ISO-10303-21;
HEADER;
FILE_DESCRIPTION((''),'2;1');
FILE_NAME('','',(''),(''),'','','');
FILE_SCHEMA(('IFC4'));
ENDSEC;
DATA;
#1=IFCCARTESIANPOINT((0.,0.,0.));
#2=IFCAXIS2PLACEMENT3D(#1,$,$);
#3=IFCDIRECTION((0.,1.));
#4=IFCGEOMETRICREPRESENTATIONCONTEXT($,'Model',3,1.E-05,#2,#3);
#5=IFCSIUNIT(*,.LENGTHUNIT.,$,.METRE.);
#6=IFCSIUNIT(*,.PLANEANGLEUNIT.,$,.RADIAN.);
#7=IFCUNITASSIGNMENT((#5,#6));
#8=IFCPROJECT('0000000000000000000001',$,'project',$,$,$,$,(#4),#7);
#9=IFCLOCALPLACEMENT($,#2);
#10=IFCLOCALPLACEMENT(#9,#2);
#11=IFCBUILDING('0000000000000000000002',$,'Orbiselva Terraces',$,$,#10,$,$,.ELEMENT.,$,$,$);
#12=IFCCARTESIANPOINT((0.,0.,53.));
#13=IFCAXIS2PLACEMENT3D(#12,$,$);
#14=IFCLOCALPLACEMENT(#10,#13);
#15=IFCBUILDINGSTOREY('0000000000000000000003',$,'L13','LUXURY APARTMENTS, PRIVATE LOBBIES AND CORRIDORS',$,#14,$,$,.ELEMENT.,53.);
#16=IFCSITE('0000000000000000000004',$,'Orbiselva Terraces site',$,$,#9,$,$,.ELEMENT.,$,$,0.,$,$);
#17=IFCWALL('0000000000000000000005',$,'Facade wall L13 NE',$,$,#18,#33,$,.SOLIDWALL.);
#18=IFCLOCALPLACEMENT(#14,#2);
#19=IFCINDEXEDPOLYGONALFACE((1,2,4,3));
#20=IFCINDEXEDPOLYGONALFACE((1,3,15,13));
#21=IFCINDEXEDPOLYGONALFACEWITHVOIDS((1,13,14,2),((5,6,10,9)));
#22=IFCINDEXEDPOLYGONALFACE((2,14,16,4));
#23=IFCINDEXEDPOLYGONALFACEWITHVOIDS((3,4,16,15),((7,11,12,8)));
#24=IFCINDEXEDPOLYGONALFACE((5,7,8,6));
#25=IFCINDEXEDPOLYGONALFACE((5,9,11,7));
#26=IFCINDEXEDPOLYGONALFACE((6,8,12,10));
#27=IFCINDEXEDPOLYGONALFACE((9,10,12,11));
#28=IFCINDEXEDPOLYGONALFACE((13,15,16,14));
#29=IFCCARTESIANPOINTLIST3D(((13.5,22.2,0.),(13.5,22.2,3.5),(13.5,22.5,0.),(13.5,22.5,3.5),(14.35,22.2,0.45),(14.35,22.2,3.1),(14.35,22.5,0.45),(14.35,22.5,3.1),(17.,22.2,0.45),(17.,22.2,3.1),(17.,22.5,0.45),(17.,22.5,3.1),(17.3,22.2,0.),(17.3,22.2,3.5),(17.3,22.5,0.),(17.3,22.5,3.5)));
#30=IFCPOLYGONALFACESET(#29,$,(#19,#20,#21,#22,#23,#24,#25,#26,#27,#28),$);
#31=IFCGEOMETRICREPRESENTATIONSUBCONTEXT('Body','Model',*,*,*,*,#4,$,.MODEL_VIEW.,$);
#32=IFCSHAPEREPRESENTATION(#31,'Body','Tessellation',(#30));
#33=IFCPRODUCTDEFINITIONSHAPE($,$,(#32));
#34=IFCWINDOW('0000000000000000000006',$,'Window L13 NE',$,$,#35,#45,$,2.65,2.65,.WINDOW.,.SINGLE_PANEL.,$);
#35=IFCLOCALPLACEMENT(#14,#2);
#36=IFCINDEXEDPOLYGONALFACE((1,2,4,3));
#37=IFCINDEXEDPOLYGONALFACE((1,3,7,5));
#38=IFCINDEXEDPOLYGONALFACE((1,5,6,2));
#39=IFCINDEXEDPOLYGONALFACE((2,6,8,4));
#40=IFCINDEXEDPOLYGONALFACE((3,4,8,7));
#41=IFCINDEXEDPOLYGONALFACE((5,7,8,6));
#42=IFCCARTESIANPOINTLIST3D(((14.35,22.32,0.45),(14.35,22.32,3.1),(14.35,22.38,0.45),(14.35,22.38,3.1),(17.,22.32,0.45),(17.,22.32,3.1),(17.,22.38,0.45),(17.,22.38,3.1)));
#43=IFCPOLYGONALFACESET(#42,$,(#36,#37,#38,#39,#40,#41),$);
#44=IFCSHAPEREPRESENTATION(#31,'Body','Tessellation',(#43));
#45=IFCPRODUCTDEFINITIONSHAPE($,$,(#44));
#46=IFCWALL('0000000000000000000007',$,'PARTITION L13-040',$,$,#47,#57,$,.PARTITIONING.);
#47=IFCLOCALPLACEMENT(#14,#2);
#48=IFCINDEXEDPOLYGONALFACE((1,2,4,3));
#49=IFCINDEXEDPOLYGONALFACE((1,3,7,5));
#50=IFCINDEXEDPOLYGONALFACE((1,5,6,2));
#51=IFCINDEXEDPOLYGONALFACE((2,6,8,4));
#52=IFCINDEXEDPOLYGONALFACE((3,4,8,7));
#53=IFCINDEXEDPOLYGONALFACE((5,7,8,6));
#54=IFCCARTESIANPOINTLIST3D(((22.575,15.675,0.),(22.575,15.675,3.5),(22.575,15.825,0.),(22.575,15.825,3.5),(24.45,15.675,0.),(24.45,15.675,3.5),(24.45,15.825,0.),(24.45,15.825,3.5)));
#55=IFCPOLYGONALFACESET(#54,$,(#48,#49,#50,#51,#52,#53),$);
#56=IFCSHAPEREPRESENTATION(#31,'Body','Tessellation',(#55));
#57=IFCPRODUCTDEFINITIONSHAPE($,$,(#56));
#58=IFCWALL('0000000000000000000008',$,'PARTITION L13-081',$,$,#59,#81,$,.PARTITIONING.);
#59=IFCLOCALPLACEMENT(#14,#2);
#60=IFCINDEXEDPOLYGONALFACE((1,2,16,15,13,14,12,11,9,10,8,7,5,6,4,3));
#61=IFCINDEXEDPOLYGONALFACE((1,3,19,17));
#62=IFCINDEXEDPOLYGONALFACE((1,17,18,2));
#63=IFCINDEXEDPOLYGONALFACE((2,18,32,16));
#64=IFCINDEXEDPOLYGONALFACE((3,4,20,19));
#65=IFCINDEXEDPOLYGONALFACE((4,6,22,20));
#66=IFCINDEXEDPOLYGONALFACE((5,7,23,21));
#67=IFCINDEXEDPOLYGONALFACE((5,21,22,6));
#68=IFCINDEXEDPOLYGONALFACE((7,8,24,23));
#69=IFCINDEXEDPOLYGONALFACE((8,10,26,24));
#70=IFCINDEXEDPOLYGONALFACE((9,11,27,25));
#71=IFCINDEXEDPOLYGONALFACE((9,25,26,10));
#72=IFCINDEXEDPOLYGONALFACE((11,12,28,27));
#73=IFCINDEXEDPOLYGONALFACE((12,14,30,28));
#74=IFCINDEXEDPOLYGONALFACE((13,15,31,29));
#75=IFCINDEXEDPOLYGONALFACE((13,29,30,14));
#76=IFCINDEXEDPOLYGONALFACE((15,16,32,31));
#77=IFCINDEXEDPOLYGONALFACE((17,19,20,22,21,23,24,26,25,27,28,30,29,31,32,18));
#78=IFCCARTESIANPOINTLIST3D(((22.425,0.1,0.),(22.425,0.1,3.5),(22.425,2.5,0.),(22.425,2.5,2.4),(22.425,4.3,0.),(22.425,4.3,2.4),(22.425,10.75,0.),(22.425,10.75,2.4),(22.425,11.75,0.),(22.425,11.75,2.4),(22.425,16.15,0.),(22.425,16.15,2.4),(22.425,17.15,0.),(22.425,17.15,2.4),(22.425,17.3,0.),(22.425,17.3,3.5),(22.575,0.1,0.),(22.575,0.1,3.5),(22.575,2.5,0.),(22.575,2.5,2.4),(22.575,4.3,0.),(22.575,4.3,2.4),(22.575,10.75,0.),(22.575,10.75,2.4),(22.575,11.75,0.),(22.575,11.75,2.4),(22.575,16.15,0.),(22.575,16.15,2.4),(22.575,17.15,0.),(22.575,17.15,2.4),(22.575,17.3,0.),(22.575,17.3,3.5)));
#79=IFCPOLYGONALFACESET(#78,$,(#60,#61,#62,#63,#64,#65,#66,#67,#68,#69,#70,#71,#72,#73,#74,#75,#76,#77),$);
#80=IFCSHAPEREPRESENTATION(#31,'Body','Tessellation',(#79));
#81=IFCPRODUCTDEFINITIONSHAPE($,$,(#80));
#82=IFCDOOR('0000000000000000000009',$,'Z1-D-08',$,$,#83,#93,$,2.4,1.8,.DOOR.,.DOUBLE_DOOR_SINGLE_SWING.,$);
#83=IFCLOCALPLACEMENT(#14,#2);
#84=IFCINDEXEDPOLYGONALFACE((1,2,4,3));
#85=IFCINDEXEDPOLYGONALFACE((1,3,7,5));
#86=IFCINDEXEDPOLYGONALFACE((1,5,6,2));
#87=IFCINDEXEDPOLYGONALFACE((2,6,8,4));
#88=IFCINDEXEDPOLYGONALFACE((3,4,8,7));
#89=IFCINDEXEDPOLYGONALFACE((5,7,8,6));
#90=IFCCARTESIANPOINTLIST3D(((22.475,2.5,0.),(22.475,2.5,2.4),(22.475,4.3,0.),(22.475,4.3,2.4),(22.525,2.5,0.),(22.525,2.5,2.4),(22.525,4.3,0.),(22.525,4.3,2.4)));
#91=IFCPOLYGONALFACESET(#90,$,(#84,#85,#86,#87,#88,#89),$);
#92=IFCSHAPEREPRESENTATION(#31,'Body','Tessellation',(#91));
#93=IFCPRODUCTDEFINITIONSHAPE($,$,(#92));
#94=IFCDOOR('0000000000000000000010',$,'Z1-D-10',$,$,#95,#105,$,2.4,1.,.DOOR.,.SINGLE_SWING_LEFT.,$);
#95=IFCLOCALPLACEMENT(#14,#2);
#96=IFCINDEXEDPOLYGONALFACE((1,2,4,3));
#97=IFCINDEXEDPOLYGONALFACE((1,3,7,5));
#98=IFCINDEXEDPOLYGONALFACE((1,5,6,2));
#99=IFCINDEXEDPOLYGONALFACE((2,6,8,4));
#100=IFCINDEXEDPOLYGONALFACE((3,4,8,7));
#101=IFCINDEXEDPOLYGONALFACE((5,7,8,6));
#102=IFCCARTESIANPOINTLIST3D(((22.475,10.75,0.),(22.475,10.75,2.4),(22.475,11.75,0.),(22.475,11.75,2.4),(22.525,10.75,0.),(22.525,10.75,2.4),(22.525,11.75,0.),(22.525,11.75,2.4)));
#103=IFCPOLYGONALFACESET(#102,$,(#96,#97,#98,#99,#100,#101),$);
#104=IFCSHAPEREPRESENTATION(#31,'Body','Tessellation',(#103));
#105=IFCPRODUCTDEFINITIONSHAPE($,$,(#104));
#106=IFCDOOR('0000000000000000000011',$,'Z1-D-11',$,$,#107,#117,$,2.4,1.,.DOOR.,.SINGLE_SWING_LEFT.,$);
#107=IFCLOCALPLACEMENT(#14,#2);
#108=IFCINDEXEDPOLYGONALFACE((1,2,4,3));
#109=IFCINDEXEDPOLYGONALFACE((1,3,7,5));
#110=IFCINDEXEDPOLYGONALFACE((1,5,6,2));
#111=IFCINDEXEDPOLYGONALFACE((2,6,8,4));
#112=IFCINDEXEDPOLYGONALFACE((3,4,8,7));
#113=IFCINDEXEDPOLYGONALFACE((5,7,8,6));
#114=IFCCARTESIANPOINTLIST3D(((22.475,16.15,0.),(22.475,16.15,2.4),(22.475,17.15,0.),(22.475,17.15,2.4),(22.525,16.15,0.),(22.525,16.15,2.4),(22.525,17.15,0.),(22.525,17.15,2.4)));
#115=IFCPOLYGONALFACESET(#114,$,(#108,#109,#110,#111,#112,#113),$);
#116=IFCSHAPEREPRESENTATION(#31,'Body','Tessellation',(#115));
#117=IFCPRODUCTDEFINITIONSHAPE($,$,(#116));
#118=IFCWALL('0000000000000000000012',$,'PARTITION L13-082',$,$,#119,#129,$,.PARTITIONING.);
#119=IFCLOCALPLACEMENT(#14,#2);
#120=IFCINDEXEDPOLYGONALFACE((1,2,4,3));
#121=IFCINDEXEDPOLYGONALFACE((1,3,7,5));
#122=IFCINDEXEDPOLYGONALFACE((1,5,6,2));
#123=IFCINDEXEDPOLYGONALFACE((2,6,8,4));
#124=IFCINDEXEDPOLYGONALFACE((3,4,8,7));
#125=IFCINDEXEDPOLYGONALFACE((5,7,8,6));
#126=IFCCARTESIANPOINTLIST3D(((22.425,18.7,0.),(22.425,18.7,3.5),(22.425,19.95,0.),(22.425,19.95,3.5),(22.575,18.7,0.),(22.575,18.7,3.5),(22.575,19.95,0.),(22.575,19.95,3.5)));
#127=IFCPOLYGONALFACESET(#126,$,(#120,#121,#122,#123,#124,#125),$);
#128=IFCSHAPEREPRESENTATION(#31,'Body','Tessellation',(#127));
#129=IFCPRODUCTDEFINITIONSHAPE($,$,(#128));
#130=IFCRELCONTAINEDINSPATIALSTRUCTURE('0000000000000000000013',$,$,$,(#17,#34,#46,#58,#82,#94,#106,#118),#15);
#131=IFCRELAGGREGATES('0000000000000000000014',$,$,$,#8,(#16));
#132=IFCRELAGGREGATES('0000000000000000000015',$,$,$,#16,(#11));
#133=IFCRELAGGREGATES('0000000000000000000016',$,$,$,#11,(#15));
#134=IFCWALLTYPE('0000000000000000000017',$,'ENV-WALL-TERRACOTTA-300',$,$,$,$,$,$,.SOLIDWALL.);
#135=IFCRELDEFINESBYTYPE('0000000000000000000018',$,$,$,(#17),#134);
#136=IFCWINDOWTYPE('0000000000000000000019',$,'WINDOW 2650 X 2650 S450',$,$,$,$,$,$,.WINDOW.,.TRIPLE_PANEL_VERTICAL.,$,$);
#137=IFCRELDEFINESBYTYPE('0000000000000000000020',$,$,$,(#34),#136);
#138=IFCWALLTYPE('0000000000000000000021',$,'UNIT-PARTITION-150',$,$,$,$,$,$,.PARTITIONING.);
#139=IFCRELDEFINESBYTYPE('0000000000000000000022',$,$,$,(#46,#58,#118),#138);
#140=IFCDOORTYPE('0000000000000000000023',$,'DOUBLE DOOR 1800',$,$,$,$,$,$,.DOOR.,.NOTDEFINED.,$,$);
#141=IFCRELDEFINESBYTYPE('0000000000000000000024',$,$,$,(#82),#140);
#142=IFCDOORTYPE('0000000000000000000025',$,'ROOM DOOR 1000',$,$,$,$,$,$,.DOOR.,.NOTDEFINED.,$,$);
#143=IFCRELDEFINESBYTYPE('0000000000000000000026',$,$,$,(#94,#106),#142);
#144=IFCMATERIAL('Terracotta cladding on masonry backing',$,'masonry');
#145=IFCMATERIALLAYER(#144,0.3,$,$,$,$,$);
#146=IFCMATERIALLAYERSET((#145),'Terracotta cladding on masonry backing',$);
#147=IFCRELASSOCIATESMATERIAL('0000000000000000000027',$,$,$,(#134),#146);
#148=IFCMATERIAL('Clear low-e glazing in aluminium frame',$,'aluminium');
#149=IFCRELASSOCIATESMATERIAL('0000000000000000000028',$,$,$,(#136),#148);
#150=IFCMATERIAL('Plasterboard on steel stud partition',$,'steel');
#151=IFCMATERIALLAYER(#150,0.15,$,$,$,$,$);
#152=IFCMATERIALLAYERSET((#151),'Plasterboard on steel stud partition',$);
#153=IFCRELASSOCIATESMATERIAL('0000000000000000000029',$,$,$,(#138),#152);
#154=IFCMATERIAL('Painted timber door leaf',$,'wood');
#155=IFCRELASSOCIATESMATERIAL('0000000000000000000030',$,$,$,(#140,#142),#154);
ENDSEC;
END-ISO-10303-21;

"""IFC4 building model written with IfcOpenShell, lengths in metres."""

from ifc_helpers import new_model, si_unit, direction, frame, frame_2d, origin, place, context, subcontext, project, spatial, rectangle, extrude, material, layer, layer_set, type_object, element, fill, save


model = new_model("IFC4")

# Units and contexts
model_context = context("Model", 3, precision=1e-05, world=origin(), true_north=direction((0.0, 1.0)))
body_context = subcontext(model_context, "Body", "Model", "MODEL_VIEW")
ifc_project = project(units=[si_unit("LENGTHUNIT", "METRE"), si_unit("PLANEANGLEUNIT", "RADIAN")], contexts=[model_context])

# Site, building, storey
site_placement = place(None, origin())
site = spatial("IfcSite", under=ifc_project, at=site_placement, Name="Orbiselva Terraces site", CompositionType="ELEMENT", RefElevation=0.0)
building_placement = place(site_placement, origin())
building = spatial("IfcBuilding", under=site, at=building_placement, Name="Orbiselva Terraces", CompositionType="ELEMENT")
storey_placement = place(building_placement, frame((0.0, 0.0, 53.0)))
storey = spatial("IfcBuildingStorey", under=building, at=storey_placement, Name="L13", Description="LUXURY APARTMENTS, PRIVATE LOBBIES AND CORRIDORS", CompositionType="ELEMENT", Elevation=53.0)

# Shared definitions
ifc_material_1 = material(Name="Terracotta cladding on masonry backing", Category="masonry")
ifc_layer_1 = layer(ifc_material_1, 0.3)
ifc_layer_set_1 = layer_set([ifc_layer_1], Name="Terracotta cladding on masonry backing")
wall_type_1 = type_object("IfcWallType", Name="ENV-WALL-TERRACOTTA-300", PredefinedType="SOLIDWALL", material=ifc_layer_set_1)
ifc_material_2 = material(Name="Clear low-e glazing in aluminium frame", Category="aluminium")
window_type = type_object("IfcWindowType", Name="WINDOW 2650 X 2650 S450", PartitioningType="TRIPLE_PANEL_VERTICAL", PredefinedType="WINDOW", material=ifc_material_2)

# Wall, opening, window
wall_1_placement = place(storey_placement, frame((13.5, 22.35, 0.0), z_axis=(0.0, 0.0, 1.0), x_axis=(1.0, 0.0, 0.0)))
wall_1 = element("IfcWall", 1, at=wall_1_placement, inside=storey, type_object=wall_type_1, Name="Facade wall L13 NE", PredefinedType="SOLIDWALL", context=body_context, shape_type="SweptSolid", body=[
    extrude(rectangle(XDim=3.8, YDim=0.3, at=frame_2d((1.9, 0.0))), origin(), (0.0, 0.0, 1.0), 3.5),
])
opening_1_placement = place(wall_1_placement, frame((0.85, 0.0, 0.45)))
opening_1 = element("IfcOpeningElement", 2, at=opening_1_placement, cuts=wall_1, PredefinedType="OPENING", context=body_context, shape_type="SweptSolid", body=[
    extrude(rectangle(XDim=2.65, YDim=2.65, at=frame_2d((1.325, 1.325))), frame((0.0, 0.16, 0.0), z_axis=(0.0, -1.0, 0.0), x_axis=(1.0, 0.0, 0.0)), (0.0, 0.0, 1.0), 0.32),
])
window_1_placement = place(opening_1_placement, origin())
window_1 = element("IfcWindow", 3, at=window_1_placement, inside=storey, type_object=window_type, Name="Window L13 NE", OverallHeight=2.65, OverallWidth=2.65, PartitioningType="SINGLE_PANEL", PredefinedType="WINDOW", context=body_context, shape_type="SweptSolid", body=[
    extrude(rectangle(XDim=2.65, YDim=2.65, at=frame_2d((1.325, 1.325))), frame((0.0, 0.03, 0.0), z_axis=(0.0, -1.0, 0.0), x_axis=(1.0, 0.0, 0.0)), (0.0, 0.0, 1.0), 0.06),
])
fill(opening_1, window_1)

# Wall
ifc_material_3 = material(Name="Plasterboard on steel stud partition", Category="steel")
ifc_layer_2 = layer(ifc_material_3, 0.15)
ifc_layer_set_2 = layer_set([ifc_layer_2], Name="Plasterboard on steel stud partition")
wall_type_2 = type_object("IfcWallType", Name="UNIT-PARTITION-150", PredefinedType="PARTITIONING", material=ifc_layer_set_2)
wall_2_placement = place(storey_placement, frame((22.575, 15.75, 0.0), z_axis=(0.0, 0.0, 1.0), x_axis=(1.0, 0.0, 0.0)))
element("IfcWall", 4, at=wall_2_placement, inside=storey, type_object=wall_type_2, Name="PARTITION L13-040", PredefinedType="PARTITIONING", context=body_context, shape_type="SweptSolid", body=[
    extrude(rectangle(XDim=1.875, YDim=0.15, at=frame_2d((0.9375, 0.0))), origin(), (0.0, 0.0, 1.0), 3.5),
])

# Wall, openings, doors
wall_3_placement = place(storey_placement, frame((22.5, 17.3, 0.0), z_axis=(0.0, 0.0, 1.0), x_axis=(0.0, -1.0, 0.0)))
wall_3 = element("IfcWall", 5, at=wall_3_placement, inside=storey, type_object=wall_type_2, Name="PARTITION L13-081", PredefinedType="PARTITIONING", context=body_context, shape_type="SweptSolid", body=[
    extrude(rectangle(XDim=17.2, YDim=0.15, at=frame_2d((8.6, 0.0))), origin(), (0.0, 0.0, 1.0), 3.5),
])
opening_2_placement = place(wall_3_placement, frame((13.0, 0.0, 0.0)))
opening_2 = element("IfcOpeningElement", 6, at=opening_2_placement, cuts=wall_3, PredefinedType="OPENING", context=body_context, shape_type="SweptSolid", body=[
    extrude(rectangle(XDim=1.8, YDim=2.4, at=frame_2d((0.9, 1.2))), frame((0.0, 0.085, 0.0), z_axis=(0.0, -1.0, 0.0), x_axis=(1.0, 0.0, 0.0)), (0.0, 0.0, 1.0), 0.17),
])
opening_3_placement = place(wall_3_placement, frame((5.55, 0.0, 0.0)))
opening_3 = element("IfcOpeningElement", 7, at=opening_3_placement, cuts=wall_3, PredefinedType="OPENING", context=body_context, shape_type="SweptSolid", body=[
    extrude(rectangle(XDim=1.0, YDim=2.4, at=frame_2d((0.5, 1.2))), frame((0.0, 0.085, 0.0), z_axis=(0.0, -1.0, 0.0), x_axis=(1.0, 0.0, 0.0)), (0.0, 0.0, 1.0), 0.17),
])
opening_4_placement = place(wall_3_placement, frame((0.15, 0.0, 0.0)))
opening_4 = element("IfcOpeningElement", 8, at=opening_4_placement, cuts=wall_3, PredefinedType="OPENING", context=body_context, shape_type="SweptSolid", body=[
    extrude(rectangle(XDim=1.0, YDim=2.4, at=frame_2d((0.5, 1.2))), frame((0.0, 0.085, 0.0), z_axis=(0.0, -1.0, 0.0), x_axis=(1.0, 0.0, 0.0)), (0.0, 0.0, 1.0), 0.17),
])
ifc_material_4 = material(Name="Painted timber door leaf", Category="wood")
door_type_1 = type_object("IfcDoorType", Name="DOUBLE DOOR 1800", OperationType="NOTDEFINED", PredefinedType="DOOR", material=ifc_material_4)
door_1_placement = place(opening_2_placement, origin())
door_1 = element("IfcDoor", 9, at=door_1_placement, inside=storey, type_object=door_type_1, Name="Z1-D-08", OperationType="DOUBLE_DOOR_SINGLE_SWING", OverallHeight=2.4, OverallWidth=1.8, PredefinedType="DOOR", context=body_context, shape_type="SweptSolid", body=[
    extrude(rectangle(XDim=1.8, YDim=2.4, at=frame_2d((0.9, 1.2))), frame((0.0, 0.025, 0.0), z_axis=(0.0, -1.0, 0.0), x_axis=(1.0, 0.0, 0.0)), (0.0, 0.0, 1.0), 0.05),
])
fill(opening_2, door_1)
door_type_2 = type_object("IfcDoorType", Name="ROOM DOOR 1000", OperationType="NOTDEFINED", PredefinedType="DOOR", material=ifc_material_4)
door_2_placement = place(opening_3_placement, origin())
door_2 = element("IfcDoor", 10, at=door_2_placement, inside=storey, type_object=door_type_2, Name="Z1-D-10", OperationType="SINGLE_SWING_LEFT", OverallHeight=2.4, OverallWidth=1.0, PredefinedType="DOOR", context=body_context, shape_type="SweptSolid", body=[
    extrude(rectangle(XDim=1.0, YDim=2.4, at=frame_2d((0.5, 1.2))), frame((0.0, 0.025, 0.0), z_axis=(0.0, -1.0, 0.0), x_axis=(1.0, 0.0, 0.0)), (0.0, 0.0, 1.0), 0.05),
])
fill(opening_3, door_2)
door_3_placement = place(opening_4_placement, origin())
door_3 = element("IfcDoor", 11, at=door_3_placement, inside=storey, type_object=door_type_2, Name="Z1-D-11", OperationType="SINGLE_SWING_LEFT", OverallHeight=2.4, OverallWidth=1.0, PredefinedType="DOOR", context=body_context, shape_type="SweptSolid", body=[
    extrude(rectangle(XDim=1.0, YDim=2.4, at=frame_2d((0.5, 1.2))), frame((0.0, 0.025, 0.0), z_axis=(0.0, -1.0, 0.0), x_axis=(1.0, 0.0, 0.0)), (0.0, 0.0, 1.0), 0.05),
])
fill(opening_4, door_3)

# Wall
wall_4_placement = place(storey_placement, frame((22.5, 18.7, 0.0), z_axis=(0.0, 0.0, 1.0), x_axis=(0.0, 1.0, 0.0)))
element("IfcWall", 12, at=wall_4_placement, inside=storey, type_object=wall_type_2, Name="PARTITION L13-082", PredefinedType="PARTITIONING", context=body_context, shape_type="SweptSolid", body=[
    extrude(rectangle(XDim=1.25, YDim=0.15, at=frame_2d((0.625, 0.0))), origin(), (0.0, 0.0, 1.0), 3.5),
])

save(model, "model.ifc")
